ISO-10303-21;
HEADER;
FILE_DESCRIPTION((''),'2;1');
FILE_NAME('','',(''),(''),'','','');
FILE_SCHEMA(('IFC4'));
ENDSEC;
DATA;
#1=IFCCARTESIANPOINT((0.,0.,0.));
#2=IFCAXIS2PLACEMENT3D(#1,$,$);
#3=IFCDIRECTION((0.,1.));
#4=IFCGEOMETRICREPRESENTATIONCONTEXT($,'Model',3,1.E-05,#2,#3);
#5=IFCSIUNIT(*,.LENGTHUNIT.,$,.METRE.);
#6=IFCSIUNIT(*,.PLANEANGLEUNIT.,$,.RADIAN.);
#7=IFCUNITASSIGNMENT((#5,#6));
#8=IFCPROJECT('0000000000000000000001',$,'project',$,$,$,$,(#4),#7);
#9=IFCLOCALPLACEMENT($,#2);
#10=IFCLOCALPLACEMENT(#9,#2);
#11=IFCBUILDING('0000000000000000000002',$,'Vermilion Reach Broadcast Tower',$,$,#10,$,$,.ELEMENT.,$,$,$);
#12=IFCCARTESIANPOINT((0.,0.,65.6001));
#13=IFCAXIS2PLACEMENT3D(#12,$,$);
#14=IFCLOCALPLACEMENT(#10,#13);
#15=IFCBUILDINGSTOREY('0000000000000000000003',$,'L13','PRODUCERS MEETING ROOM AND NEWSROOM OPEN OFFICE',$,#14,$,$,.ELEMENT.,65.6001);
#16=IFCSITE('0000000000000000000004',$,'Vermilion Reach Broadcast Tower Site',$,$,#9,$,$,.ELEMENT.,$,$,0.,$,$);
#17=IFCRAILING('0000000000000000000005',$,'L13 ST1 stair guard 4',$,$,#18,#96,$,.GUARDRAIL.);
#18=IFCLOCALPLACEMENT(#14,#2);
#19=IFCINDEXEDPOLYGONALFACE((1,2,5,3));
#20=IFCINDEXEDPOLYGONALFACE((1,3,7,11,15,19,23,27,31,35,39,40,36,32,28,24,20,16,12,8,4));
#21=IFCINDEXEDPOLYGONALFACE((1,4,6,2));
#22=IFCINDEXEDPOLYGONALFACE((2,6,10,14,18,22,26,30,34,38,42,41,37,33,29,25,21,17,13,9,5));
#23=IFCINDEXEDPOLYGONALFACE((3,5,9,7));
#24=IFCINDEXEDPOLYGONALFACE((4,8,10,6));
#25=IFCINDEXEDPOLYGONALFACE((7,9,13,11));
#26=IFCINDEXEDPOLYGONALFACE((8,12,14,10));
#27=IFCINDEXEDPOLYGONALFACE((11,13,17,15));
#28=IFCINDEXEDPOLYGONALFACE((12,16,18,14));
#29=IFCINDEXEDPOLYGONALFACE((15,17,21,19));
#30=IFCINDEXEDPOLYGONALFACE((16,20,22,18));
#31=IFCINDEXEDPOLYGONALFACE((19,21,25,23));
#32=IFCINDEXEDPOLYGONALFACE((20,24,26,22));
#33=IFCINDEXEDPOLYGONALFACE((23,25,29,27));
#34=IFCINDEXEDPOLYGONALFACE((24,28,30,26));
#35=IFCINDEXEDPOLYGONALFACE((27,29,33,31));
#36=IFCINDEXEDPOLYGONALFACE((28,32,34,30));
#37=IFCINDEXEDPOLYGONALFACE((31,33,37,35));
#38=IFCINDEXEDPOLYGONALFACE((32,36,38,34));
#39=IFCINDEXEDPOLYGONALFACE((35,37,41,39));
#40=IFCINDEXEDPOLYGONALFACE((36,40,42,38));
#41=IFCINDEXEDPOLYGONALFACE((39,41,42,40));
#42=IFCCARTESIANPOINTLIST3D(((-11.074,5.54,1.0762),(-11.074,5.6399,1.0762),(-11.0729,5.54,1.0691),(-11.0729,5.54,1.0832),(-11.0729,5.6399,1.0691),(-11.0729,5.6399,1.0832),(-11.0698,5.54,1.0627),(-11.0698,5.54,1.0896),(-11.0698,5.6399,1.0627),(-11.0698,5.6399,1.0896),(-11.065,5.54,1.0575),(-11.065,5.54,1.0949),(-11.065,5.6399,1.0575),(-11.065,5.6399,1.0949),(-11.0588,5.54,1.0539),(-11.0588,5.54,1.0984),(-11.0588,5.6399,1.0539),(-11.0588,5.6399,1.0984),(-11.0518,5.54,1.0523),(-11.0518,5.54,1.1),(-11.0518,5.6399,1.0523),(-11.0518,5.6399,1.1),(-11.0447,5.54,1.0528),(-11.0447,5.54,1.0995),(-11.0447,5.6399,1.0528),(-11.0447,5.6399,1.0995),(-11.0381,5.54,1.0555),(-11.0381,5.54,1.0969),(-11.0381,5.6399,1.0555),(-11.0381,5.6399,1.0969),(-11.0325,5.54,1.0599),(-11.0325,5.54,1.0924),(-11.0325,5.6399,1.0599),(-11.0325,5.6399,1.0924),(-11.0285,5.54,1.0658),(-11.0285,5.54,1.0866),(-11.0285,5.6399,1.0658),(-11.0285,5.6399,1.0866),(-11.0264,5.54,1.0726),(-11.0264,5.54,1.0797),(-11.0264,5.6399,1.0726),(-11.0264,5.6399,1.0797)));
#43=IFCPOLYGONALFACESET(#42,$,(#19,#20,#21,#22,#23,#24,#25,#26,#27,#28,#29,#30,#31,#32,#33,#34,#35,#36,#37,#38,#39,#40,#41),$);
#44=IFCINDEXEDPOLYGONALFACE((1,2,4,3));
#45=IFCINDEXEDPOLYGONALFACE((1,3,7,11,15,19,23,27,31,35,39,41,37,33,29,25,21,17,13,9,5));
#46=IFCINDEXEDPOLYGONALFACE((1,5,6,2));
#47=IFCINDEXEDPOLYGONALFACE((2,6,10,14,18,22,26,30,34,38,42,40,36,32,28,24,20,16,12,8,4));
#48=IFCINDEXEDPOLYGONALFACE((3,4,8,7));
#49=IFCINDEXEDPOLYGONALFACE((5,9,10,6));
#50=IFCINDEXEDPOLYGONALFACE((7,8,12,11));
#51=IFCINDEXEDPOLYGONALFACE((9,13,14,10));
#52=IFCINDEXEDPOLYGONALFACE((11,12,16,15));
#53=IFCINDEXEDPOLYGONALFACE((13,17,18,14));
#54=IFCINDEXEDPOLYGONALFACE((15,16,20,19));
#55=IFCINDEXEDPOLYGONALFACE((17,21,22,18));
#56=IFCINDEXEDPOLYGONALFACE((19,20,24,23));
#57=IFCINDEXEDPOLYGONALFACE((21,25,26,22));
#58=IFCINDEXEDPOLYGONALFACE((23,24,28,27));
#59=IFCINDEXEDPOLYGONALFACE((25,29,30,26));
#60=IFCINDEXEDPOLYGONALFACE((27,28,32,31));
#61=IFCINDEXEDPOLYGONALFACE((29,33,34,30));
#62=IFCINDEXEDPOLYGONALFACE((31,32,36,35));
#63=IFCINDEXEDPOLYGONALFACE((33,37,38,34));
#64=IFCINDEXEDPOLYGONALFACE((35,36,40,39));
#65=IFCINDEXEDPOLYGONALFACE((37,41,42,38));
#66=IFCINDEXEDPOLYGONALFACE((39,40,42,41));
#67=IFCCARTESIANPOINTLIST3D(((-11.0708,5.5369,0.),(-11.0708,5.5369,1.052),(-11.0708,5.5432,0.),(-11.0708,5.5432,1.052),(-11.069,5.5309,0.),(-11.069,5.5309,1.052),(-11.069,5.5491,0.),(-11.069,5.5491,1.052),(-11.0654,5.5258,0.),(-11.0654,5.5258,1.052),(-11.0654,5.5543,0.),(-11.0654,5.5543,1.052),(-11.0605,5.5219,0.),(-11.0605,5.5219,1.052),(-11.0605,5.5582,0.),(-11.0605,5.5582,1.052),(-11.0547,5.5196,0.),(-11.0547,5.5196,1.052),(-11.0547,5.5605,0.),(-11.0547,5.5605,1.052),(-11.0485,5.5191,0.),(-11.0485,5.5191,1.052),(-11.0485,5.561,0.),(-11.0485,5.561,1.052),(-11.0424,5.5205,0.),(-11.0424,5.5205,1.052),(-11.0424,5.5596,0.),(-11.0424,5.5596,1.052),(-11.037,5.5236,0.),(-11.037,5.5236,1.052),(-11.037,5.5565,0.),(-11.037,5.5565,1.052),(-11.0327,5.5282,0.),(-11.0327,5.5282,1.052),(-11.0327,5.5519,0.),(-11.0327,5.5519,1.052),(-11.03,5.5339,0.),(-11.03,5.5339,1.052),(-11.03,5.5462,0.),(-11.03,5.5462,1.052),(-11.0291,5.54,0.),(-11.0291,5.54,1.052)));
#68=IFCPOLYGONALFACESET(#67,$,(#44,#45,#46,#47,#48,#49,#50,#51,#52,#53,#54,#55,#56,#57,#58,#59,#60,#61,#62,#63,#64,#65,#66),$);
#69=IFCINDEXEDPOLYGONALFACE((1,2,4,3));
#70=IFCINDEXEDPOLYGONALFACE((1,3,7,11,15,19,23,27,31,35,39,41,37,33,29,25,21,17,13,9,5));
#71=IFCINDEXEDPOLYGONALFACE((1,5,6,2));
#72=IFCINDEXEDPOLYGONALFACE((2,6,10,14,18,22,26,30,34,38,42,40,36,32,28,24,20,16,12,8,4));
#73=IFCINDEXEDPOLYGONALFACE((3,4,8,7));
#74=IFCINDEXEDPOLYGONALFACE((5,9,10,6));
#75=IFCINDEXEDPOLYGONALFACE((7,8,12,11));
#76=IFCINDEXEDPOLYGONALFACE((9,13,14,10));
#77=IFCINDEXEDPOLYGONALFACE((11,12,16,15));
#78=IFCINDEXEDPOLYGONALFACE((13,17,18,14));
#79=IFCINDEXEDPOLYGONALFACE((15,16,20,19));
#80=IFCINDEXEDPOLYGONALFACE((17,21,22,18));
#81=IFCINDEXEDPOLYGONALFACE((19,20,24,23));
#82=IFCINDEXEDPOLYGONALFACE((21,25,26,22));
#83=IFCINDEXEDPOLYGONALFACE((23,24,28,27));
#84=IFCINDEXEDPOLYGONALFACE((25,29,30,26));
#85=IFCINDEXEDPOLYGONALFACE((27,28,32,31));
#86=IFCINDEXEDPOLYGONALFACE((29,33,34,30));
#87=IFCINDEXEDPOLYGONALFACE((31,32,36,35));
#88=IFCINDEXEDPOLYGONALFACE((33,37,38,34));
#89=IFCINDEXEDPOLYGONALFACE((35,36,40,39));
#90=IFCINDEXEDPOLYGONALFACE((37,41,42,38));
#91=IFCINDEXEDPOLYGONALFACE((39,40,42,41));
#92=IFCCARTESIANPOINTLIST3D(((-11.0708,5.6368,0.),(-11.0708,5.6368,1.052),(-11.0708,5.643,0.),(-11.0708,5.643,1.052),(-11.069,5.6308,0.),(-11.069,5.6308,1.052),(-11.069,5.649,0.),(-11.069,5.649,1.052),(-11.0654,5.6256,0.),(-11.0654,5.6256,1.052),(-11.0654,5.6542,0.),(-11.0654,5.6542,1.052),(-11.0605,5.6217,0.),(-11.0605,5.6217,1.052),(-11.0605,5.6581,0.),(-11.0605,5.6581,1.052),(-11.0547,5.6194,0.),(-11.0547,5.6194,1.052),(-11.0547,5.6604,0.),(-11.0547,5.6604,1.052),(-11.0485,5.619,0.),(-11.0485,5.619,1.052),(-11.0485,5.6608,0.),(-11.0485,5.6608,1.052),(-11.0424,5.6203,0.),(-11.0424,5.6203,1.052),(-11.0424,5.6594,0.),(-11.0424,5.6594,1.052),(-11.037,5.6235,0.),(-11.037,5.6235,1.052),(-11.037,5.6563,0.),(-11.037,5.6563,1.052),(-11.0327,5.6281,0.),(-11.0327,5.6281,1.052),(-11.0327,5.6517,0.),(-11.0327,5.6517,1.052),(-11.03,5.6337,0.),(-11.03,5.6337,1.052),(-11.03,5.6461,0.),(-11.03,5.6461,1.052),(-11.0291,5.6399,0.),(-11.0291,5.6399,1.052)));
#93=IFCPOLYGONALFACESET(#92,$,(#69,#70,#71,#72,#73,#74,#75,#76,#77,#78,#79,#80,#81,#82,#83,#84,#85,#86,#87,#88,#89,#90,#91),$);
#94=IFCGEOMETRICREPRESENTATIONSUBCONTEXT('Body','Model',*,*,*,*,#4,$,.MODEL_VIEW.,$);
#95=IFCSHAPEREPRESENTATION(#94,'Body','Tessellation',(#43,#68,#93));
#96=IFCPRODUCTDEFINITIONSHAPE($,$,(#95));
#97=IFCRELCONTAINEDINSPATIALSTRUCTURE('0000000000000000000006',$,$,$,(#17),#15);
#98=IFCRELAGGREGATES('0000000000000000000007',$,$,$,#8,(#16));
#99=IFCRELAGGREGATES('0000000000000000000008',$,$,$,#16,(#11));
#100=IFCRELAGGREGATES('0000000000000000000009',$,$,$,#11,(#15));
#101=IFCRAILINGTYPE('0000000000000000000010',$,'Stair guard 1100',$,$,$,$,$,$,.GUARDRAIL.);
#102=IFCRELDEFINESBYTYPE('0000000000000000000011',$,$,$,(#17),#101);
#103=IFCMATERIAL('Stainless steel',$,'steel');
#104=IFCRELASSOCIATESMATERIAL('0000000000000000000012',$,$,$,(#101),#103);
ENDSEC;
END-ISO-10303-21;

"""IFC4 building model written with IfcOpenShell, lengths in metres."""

from ifc_helpers import new_model, si_unit, direction, frame, origin, origin_2d, place, context, subcontext, project, spatial, circle, extrude, material, type_object, element, save


model = new_model("IFC4")

# Units and contexts
model_context = context("Model", 3, precision=1e-05, world=origin(), true_north=direction((0.0, 1.0)))
body_context = subcontext(model_context, "Body", "Model", "MODEL_VIEW")
ifc_project = project(units=[si_unit("LENGTHUNIT", "METRE"), si_unit("PLANEANGLEUNIT", "RADIAN")], contexts=[model_context])

# Site, building, storey
site_placement = place(None, origin())
site = spatial("IfcSite", under=ifc_project, at=site_placement, Name="Vermilion Reach Broadcast Tower Site", CompositionType="ELEMENT", RefElevation=0.0)
building_placement = place(site_placement, origin())
building = spatial("IfcBuilding", under=site, at=building_placement, Name="Vermilion Reach Broadcast Tower", CompositionType="ELEMENT")
storey_placement = place(building_placement, frame((0.0, 0.0, 65.6001)))
storey = spatial("IfcBuildingStorey", under=building, at=storey_placement, Name="L13", Description="PRODUCERS MEETING ROOM AND NEWSROOM OPEN OFFICE", CompositionType="ELEMENT", Elevation=65.6001)

# Railing
ifc_material_1 = material(Name="Stainless steel", Category="steel")
railing_type_1 = type_object("IfcRailingType", Name="Stair guard 1100", PredefinedType="GUARDRAIL", material=ifc_material_1)
railing_1_placement = place(storey_placement, frame((-11.05, 5.54, 0.0)))
element("IfcRailing", 1, at=railing_1_placement, inside=storey, type_object=railing_type_1, Name="L13 ST1 stair guard 4", PredefinedType="GUARDRAIL", context=body_context, shape_type="SweptSolid", body=[
    extrude(circle(Radius=0.0239, at=origin_2d()), frame((0.0, 0.0, 1.0762), z_axis=(0.0, 1.0, 0.0), x_axis=(-1.0, 0.0, 0.0)), (0.0, 0.0, 1.0), 0.0999),
    extrude(circle(Radius=0.021, at=origin_2d()), origin(), (0.0, 0.0, 1.0), 1.052),
    extrude(circle(Radius=0.021, at=origin_2d()), frame((0.0, 0.0999, 0.0)), (0.0, 0.0, 1.0), 1.052),
])

save(model, "model.ifc")
